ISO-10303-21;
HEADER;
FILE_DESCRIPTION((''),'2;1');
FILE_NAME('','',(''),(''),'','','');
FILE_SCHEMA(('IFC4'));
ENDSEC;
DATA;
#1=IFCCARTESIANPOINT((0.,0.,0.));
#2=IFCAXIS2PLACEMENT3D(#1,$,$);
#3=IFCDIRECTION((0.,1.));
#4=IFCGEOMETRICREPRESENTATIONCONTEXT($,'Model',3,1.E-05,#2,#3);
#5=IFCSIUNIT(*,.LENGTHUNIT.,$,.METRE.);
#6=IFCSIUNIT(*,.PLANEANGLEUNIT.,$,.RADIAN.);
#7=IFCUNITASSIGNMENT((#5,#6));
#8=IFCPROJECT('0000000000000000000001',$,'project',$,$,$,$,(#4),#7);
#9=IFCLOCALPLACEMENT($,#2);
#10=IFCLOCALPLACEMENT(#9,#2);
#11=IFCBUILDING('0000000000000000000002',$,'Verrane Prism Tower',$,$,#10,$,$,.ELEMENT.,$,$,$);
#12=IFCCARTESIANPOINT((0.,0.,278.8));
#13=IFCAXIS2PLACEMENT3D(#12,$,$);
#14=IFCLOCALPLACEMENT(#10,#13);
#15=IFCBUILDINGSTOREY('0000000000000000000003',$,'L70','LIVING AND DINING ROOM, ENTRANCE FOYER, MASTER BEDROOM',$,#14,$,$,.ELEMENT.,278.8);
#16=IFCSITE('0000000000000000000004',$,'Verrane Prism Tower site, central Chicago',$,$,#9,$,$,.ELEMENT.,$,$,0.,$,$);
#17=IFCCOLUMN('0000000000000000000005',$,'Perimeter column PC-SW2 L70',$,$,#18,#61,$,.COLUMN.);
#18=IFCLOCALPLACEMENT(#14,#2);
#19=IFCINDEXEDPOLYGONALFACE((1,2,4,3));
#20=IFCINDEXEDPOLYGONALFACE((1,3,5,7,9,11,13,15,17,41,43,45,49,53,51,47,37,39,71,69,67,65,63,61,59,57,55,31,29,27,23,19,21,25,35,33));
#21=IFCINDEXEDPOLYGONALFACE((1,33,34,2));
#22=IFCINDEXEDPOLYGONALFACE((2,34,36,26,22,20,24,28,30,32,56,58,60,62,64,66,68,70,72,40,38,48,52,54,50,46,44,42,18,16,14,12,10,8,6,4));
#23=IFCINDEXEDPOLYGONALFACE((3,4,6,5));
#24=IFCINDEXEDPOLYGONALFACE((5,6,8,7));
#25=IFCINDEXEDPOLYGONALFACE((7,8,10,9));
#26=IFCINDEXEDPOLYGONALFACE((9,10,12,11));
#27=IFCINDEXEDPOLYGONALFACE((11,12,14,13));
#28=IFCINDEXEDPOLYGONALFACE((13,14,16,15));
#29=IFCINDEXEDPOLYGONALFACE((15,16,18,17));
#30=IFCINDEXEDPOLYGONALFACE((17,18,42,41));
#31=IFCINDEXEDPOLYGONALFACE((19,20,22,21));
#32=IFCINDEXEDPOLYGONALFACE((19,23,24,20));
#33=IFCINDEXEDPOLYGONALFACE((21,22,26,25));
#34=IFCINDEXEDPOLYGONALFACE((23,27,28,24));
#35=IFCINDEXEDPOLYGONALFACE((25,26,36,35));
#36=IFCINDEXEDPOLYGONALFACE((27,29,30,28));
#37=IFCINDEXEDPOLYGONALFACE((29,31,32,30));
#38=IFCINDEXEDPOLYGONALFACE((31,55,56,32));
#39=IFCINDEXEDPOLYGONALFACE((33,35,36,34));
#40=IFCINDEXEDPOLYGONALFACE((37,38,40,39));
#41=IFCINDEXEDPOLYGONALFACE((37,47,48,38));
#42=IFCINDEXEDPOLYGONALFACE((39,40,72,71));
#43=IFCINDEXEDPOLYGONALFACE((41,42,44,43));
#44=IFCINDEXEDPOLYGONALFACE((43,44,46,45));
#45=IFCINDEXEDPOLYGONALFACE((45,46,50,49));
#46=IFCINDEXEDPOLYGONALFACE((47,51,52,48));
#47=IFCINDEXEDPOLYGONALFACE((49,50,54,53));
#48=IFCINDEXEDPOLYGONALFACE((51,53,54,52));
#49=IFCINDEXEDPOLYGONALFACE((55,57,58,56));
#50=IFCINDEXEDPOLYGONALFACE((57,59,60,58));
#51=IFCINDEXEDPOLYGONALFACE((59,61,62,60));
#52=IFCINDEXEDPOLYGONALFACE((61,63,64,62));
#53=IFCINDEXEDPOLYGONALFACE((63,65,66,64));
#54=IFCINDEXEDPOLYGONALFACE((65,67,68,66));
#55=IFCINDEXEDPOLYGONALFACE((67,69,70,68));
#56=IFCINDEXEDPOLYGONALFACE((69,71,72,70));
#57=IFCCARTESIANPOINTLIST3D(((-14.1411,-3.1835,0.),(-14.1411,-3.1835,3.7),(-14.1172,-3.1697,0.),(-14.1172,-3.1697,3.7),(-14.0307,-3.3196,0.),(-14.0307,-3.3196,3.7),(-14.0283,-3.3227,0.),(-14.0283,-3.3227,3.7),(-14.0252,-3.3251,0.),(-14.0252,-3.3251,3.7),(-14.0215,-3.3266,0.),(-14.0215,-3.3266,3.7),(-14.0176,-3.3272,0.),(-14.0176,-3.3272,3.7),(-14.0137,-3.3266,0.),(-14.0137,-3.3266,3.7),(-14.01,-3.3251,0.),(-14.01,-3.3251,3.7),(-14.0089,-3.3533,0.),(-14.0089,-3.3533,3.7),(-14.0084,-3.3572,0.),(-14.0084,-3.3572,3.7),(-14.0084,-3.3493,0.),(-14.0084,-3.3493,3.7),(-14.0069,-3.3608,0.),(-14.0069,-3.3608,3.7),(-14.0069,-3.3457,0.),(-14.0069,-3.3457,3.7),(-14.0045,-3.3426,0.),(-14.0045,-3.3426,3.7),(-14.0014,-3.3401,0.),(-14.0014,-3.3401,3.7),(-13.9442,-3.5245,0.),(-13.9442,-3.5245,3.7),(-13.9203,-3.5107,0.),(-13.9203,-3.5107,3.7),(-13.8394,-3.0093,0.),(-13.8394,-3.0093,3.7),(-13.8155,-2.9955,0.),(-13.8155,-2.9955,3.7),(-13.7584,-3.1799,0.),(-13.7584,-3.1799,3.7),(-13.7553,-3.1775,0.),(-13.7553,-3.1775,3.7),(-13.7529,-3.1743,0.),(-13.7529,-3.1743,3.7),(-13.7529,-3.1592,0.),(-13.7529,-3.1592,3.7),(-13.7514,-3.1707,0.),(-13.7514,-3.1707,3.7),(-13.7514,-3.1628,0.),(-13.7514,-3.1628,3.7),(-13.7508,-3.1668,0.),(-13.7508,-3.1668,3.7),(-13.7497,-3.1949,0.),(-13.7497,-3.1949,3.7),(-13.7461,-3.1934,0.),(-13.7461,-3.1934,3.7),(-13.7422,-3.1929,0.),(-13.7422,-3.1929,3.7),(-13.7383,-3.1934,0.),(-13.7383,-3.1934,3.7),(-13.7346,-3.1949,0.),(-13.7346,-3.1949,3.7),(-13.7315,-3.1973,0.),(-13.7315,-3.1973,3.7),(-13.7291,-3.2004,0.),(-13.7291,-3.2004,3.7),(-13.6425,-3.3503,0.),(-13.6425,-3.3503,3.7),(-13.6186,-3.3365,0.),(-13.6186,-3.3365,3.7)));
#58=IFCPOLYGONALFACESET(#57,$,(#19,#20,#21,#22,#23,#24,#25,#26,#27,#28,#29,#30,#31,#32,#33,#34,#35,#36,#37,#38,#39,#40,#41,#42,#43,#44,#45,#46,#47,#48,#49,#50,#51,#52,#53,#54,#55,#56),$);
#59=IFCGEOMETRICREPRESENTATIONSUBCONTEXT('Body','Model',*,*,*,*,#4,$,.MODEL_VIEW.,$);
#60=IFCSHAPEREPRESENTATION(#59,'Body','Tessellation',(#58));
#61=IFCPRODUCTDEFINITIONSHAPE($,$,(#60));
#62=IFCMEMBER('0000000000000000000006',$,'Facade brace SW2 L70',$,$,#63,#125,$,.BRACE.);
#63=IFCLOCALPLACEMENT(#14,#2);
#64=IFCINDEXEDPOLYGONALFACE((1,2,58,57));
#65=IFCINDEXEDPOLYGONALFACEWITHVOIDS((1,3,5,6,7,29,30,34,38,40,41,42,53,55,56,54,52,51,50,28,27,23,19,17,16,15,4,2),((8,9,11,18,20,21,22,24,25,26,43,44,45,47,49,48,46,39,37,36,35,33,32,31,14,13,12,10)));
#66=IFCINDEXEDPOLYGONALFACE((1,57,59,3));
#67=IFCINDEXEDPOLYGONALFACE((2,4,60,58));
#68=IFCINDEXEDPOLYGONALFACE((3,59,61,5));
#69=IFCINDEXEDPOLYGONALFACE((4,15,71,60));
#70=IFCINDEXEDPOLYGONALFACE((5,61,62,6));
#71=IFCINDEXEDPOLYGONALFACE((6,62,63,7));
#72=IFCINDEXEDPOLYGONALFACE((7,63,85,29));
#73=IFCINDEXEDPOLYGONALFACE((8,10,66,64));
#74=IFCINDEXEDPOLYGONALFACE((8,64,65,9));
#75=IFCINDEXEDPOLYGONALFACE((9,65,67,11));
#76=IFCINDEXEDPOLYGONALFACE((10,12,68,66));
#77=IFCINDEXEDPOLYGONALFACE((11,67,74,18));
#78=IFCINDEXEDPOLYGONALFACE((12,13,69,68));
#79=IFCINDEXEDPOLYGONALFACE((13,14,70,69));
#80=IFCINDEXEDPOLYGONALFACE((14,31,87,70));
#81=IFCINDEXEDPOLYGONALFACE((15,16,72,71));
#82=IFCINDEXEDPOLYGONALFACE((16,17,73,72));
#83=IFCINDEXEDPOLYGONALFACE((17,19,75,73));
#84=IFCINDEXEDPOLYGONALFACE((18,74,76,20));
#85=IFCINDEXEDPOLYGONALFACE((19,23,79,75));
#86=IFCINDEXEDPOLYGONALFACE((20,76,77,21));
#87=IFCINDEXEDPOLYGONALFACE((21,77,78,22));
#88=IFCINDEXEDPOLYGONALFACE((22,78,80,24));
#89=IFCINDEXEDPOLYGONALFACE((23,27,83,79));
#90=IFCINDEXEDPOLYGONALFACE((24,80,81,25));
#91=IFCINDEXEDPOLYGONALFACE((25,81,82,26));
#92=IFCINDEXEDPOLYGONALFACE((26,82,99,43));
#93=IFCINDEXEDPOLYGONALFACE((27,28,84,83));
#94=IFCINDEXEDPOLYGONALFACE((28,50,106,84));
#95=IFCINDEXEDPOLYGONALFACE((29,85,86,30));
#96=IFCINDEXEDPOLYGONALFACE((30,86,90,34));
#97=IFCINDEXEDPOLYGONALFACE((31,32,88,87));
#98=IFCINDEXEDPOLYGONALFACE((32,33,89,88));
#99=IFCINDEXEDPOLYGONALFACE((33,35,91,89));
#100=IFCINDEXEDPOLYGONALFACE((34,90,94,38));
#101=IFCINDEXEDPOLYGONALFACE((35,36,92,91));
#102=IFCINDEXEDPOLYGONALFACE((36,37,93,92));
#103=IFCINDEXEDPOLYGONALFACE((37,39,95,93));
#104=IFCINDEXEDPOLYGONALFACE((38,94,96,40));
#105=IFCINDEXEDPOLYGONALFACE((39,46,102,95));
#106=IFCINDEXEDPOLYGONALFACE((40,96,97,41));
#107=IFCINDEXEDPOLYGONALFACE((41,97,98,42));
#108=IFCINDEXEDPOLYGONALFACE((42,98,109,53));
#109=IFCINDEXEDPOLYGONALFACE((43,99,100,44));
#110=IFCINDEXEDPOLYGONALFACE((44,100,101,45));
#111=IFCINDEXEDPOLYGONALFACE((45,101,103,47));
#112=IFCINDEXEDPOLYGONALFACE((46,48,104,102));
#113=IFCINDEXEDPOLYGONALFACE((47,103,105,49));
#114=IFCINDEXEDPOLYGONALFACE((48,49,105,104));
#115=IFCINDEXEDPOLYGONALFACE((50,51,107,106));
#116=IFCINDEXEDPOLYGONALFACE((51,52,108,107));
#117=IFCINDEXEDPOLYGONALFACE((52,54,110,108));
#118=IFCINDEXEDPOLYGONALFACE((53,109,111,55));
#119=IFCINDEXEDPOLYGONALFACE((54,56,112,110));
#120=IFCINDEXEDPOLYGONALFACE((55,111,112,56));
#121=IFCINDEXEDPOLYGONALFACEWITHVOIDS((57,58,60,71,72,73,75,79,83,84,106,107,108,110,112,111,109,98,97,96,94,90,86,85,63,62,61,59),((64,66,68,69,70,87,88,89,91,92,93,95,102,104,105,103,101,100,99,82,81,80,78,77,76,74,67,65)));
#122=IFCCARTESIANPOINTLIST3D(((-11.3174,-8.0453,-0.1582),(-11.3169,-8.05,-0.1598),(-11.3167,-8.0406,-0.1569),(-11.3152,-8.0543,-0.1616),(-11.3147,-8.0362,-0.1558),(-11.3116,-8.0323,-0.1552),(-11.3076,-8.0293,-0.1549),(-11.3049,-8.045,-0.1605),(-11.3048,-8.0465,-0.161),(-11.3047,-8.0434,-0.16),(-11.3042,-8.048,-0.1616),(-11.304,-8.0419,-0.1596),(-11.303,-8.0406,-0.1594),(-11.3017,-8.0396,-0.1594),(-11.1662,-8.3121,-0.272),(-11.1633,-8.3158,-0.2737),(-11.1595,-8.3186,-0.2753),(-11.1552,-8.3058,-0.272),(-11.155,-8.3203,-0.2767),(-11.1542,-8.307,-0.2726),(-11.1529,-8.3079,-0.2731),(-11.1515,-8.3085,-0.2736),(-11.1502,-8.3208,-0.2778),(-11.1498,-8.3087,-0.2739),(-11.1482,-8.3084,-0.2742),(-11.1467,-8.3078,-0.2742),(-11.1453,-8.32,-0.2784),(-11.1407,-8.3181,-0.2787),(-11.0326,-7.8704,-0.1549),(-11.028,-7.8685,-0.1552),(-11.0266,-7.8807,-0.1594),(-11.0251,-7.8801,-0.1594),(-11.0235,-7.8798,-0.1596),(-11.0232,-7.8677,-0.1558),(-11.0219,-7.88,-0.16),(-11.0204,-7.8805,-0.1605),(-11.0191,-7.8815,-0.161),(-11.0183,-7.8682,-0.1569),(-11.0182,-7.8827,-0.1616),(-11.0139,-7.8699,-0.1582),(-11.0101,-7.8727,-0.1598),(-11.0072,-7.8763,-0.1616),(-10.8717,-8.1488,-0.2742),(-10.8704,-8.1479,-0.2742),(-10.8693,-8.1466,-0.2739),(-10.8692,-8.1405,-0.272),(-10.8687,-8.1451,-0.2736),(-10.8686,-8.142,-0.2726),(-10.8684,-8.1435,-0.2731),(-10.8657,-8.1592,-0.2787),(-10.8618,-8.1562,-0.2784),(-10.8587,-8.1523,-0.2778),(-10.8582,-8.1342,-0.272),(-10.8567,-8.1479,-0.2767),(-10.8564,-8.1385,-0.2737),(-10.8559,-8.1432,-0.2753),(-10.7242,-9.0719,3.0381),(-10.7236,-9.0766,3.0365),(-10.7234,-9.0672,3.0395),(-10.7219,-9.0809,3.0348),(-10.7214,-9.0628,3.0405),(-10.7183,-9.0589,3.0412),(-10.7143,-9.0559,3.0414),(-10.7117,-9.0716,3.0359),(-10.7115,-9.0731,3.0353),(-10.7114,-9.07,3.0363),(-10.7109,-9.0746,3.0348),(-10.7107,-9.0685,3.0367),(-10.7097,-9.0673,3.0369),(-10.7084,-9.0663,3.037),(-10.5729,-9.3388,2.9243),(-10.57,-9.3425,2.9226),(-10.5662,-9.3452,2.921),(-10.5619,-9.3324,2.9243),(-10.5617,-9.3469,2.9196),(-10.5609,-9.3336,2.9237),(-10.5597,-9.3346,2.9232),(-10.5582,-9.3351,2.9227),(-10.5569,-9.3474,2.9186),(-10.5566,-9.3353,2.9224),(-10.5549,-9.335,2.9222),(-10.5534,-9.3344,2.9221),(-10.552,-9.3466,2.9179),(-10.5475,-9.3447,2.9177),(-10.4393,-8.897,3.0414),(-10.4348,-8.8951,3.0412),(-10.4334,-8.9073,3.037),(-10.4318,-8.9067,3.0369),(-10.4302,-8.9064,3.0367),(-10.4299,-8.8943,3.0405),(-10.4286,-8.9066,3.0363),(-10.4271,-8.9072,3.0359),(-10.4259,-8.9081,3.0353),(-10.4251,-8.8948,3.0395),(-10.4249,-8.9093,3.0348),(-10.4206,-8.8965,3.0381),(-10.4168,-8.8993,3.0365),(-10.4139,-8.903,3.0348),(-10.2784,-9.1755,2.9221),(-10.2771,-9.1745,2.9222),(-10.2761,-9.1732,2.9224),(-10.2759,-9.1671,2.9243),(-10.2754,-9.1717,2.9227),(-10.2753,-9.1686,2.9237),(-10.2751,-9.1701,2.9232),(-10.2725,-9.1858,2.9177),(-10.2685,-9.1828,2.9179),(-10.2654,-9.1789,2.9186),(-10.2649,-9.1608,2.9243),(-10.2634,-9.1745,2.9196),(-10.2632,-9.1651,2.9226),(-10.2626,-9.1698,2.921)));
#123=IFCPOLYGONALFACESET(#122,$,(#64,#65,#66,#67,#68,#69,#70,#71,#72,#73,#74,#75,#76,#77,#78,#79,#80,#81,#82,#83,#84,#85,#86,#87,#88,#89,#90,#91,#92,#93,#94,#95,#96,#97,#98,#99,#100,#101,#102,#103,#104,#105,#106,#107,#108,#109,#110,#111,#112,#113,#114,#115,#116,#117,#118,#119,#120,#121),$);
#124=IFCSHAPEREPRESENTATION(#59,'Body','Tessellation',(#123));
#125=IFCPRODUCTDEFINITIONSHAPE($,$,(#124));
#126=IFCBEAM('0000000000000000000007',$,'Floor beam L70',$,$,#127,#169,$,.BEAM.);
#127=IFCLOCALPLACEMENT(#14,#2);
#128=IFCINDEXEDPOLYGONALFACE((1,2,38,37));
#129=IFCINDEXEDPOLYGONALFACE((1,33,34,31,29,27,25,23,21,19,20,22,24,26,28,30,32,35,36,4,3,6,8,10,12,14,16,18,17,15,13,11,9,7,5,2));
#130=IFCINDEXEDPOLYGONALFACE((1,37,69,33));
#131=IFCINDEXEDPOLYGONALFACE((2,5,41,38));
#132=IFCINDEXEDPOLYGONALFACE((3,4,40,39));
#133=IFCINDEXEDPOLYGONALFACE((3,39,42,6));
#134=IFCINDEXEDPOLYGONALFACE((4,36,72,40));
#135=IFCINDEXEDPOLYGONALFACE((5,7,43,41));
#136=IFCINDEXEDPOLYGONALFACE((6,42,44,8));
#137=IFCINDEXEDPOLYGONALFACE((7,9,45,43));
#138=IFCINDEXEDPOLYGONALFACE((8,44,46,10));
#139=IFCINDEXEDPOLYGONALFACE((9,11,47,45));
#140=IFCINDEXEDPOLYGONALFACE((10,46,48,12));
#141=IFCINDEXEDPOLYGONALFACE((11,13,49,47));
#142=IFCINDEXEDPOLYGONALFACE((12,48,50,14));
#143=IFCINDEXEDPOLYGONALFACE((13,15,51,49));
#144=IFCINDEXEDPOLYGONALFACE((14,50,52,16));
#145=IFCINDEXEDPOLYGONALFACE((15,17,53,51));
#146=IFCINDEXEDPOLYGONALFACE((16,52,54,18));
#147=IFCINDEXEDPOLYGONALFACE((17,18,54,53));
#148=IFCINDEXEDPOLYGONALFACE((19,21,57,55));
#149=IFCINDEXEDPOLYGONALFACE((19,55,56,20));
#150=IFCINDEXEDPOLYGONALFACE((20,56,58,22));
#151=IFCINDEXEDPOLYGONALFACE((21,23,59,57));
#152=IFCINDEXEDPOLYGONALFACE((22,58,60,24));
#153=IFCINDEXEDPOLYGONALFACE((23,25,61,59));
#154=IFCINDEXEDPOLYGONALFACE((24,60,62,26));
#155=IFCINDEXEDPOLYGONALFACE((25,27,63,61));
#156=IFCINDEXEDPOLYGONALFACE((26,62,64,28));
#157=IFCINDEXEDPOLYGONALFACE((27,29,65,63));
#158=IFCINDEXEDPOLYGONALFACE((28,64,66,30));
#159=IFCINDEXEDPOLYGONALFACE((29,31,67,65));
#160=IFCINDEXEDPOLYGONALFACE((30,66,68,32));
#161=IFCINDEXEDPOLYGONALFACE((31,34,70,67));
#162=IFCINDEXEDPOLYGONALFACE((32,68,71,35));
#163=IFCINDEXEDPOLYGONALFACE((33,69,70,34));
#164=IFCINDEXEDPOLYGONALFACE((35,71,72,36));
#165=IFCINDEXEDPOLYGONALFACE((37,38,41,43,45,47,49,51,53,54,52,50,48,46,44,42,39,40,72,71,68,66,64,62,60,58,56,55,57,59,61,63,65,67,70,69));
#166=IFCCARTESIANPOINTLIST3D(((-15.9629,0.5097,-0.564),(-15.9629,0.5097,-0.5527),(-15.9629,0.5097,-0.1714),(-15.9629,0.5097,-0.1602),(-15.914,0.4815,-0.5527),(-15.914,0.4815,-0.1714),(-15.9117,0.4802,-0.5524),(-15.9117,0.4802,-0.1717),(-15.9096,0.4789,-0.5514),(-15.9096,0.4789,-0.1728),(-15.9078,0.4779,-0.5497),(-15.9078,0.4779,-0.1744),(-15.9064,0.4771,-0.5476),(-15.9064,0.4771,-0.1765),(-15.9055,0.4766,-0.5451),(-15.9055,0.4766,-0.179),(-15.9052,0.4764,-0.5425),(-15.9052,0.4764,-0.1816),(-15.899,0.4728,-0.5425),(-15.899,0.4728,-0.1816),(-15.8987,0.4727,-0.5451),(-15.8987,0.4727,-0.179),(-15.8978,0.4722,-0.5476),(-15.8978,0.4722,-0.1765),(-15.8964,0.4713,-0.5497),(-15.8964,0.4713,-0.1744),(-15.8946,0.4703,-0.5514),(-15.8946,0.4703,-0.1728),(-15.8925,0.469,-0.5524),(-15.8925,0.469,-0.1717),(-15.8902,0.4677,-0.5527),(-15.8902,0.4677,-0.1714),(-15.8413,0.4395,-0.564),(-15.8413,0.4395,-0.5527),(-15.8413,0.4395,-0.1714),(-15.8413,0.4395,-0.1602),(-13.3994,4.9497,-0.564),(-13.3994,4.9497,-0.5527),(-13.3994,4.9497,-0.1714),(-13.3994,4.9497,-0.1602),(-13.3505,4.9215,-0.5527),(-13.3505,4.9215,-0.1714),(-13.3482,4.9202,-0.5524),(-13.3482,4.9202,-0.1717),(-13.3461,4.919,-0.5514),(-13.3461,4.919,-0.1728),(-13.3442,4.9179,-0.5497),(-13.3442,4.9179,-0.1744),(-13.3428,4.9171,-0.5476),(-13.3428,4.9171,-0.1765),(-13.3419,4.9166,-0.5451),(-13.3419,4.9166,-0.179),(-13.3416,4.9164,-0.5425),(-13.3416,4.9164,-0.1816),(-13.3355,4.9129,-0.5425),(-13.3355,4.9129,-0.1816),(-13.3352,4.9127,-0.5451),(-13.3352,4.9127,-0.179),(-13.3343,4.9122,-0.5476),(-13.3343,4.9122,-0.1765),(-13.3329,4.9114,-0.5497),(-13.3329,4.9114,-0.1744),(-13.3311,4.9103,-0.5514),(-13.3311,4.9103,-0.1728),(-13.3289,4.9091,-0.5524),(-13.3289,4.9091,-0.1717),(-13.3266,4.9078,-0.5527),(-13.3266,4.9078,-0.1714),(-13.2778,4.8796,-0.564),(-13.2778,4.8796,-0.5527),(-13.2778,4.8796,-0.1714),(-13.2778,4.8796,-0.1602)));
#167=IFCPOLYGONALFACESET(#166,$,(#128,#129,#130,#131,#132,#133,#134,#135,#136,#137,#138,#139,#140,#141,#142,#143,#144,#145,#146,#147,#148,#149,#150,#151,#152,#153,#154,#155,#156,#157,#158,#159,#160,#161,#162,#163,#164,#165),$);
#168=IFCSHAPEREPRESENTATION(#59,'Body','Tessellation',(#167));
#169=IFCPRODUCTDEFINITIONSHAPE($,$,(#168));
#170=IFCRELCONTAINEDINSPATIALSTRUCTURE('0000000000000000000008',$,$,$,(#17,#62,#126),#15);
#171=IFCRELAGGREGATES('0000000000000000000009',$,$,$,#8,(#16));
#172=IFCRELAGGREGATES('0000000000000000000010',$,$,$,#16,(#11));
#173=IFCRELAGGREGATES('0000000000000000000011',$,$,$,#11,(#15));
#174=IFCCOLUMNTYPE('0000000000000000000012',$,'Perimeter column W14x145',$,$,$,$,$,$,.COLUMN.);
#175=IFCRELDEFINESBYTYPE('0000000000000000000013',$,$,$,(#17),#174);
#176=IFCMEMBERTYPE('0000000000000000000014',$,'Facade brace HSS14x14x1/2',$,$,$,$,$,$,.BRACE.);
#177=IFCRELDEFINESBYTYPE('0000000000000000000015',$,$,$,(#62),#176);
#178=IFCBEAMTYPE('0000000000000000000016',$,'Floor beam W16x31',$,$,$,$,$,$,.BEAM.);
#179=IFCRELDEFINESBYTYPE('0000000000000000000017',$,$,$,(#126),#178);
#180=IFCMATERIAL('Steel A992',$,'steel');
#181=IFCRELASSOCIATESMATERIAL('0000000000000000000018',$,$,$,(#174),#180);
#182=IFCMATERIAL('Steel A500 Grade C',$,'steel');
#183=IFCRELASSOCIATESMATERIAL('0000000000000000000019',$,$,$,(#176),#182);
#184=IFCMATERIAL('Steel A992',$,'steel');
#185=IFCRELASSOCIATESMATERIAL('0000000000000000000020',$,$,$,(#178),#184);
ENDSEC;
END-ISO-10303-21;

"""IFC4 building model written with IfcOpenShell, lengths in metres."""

from ifc_helpers import new_model, si_unit, direction, frame, origin, origin_2d, place, context, subcontext, project, spatial, hollow_rectangle, i_section, extrude, material, material_profile, profile_set, type_object, element, save


model = new_model("IFC4")

# Units and contexts
model_context = context("Model", 3, precision=1e-05, world=origin(), true_north=direction((0.0, 1.0)))
body_context = subcontext(model_context, "Body", "Model", "MODEL_VIEW")
ifc_project = project(units=[si_unit("LENGTHUNIT", "METRE"), si_unit("PLANEANGLEUNIT", "RADIAN")], contexts=[model_context])

# Site, building, storey
site_placement = place(None, origin())
site = spatial("IfcSite", under=ifc_project, at=site_placement, Name="Verrane Prism Tower site, central Chicago", CompositionType="ELEMENT", RefElevation=0.0)
building_placement = place(site_placement, origin())
building = spatial("IfcBuilding", under=site, at=building_placement, Name="Verrane Prism Tower", CompositionType="ELEMENT")
storey_placement = place(building_placement, frame((0.0, 0.0, 278.8)))
storey = spatial("IfcBuildingStorey", under=building, at=storey_placement, Name="L70", Description="LIVING AND DINING ROOM, ENTRANCE FOYER, MASTER BEDROOM", CompositionType="ELEMENT", Elevation=278.8)

# Column
ifc_material_1 = material(Name="Steel A992", Category="steel")
ifc_material_profile_1 = material_profile(ifc_material_1, i_section(OverallWidth=0.3938, OverallDepth=0.376, WebThickness=0.0173, FlangeThickness=0.0276, FilletRadius=0.0151, at=origin_2d()), Name="W14x145")
ifc_profile_set_1 = profile_set([ifc_material_profile_1], Name="Steel A992")
column_type = type_object("IfcColumnType", Name="Perimeter column W14x145", PredefinedType="COLUMN", material=ifc_profile_set_1)
column_placement = place(storey_placement, frame((-13.8799, -3.26, 0.0), z_axis=(0.0, 0.0, 1.0), x_axis=(-0.5, 0.866025, 0.0)))
element("IfcColumn", 1, at=column_placement, inside=storey, type_object=column_type, Name="Perimeter column PC-SW2 L70", PredefinedType="COLUMN", context=body_context, shape_type="SweptSolid", body=[
    extrude(i_section(OverallWidth=0.3938, OverallDepth=0.376, WebThickness=0.0173, FlangeThickness=0.0276, FilletRadius=0.0151, at=origin_2d()), origin(), (0.0, 0.0, 1.0), 3.7),
])

# Member
ifc_material_2 = material(Name="Steel A500 Grade C", Category="steel")
ifc_material_profile_2 = material_profile(ifc_material_2, hollow_rectangle(XDim=0.3557, YDim=0.3557, WallThickness=0.0127, InnerFilletRadius=0.0063, OuterFilletRadius=0.019, at=origin_2d()), Name="HSS14x14x1/2")
ifc_profile_set_2 = profile_set([ifc_material_profile_2], Name="Steel A500 Grade C")
member_type_1 = type_object("IfcMemberType", Name="Facade brace HSS14x14x1/2", PredefinedType="BRACE", material=ifc_profile_set_2)
member_1_placement = place(storey_placement, frame((-11.0867, -8.0942, -0.2168), z_axis=(0.174022, -0.301136, 0.937568), x_axis=(0.865825, 0.500346, 0.0)))
element("IfcMember", 2, at=member_1_placement, inside=storey, type_object=member_type_1, Name="Facade brace SW2 L70", PredefinedType="BRACE", context=body_context, shape_type="SweptSolid", body=[
    extrude(hollow_rectangle(XDim=0.3557, YDim=0.3557, WallThickness=0.0127, InnerFilletRadius=0.0063, OuterFilletRadius=0.019, at=origin_2d()), origin(), (0.0, 0.0, 1.0), 3.4092),
])

# Beam
ifc_material_3 = material(Name="Steel A992", Category="steel")
ifc_material_profile_3 = material_profile(ifc_material_3, i_section(OverallWidth=0.1404, OverallDepth=0.4038, WebThickness=0.0071, FlangeThickness=0.0112, FilletRadius=0.0103, at=origin_2d()), Name="W16x31")
ifc_profile_set_3 = profile_set([ifc_material_profile_3], Name="Steel A992")
beam_type_1 = type_object("IfcBeamType", Name="Floor beam W16x31", PredefinedType="BEAM", material=ifc_profile_set_3)
beam_1_placement = place(storey_placement, frame((-15.9021, 0.4746, -0.3621), z_axis=(0.500011, 0.866019, 0.0), x_axis=(-0.866019, 0.500011, 0.0)))
element("IfcBeam", 3, at=beam_1_placement, inside=storey, type_object=beam_type_1, Name="Floor beam L70", PredefinedType="BEAM", context=body_context, shape_type="SweptSolid", body=[
    extrude(i_section(OverallWidth=0.1404, OverallDepth=0.4038, WebThickness=0.0071, FlangeThickness=0.0112, FilletRadius=0.0103, at=origin_2d()), origin(), (0.0, 0.0, 1.0), 5.127),
])

save(model, "model.ifc")
